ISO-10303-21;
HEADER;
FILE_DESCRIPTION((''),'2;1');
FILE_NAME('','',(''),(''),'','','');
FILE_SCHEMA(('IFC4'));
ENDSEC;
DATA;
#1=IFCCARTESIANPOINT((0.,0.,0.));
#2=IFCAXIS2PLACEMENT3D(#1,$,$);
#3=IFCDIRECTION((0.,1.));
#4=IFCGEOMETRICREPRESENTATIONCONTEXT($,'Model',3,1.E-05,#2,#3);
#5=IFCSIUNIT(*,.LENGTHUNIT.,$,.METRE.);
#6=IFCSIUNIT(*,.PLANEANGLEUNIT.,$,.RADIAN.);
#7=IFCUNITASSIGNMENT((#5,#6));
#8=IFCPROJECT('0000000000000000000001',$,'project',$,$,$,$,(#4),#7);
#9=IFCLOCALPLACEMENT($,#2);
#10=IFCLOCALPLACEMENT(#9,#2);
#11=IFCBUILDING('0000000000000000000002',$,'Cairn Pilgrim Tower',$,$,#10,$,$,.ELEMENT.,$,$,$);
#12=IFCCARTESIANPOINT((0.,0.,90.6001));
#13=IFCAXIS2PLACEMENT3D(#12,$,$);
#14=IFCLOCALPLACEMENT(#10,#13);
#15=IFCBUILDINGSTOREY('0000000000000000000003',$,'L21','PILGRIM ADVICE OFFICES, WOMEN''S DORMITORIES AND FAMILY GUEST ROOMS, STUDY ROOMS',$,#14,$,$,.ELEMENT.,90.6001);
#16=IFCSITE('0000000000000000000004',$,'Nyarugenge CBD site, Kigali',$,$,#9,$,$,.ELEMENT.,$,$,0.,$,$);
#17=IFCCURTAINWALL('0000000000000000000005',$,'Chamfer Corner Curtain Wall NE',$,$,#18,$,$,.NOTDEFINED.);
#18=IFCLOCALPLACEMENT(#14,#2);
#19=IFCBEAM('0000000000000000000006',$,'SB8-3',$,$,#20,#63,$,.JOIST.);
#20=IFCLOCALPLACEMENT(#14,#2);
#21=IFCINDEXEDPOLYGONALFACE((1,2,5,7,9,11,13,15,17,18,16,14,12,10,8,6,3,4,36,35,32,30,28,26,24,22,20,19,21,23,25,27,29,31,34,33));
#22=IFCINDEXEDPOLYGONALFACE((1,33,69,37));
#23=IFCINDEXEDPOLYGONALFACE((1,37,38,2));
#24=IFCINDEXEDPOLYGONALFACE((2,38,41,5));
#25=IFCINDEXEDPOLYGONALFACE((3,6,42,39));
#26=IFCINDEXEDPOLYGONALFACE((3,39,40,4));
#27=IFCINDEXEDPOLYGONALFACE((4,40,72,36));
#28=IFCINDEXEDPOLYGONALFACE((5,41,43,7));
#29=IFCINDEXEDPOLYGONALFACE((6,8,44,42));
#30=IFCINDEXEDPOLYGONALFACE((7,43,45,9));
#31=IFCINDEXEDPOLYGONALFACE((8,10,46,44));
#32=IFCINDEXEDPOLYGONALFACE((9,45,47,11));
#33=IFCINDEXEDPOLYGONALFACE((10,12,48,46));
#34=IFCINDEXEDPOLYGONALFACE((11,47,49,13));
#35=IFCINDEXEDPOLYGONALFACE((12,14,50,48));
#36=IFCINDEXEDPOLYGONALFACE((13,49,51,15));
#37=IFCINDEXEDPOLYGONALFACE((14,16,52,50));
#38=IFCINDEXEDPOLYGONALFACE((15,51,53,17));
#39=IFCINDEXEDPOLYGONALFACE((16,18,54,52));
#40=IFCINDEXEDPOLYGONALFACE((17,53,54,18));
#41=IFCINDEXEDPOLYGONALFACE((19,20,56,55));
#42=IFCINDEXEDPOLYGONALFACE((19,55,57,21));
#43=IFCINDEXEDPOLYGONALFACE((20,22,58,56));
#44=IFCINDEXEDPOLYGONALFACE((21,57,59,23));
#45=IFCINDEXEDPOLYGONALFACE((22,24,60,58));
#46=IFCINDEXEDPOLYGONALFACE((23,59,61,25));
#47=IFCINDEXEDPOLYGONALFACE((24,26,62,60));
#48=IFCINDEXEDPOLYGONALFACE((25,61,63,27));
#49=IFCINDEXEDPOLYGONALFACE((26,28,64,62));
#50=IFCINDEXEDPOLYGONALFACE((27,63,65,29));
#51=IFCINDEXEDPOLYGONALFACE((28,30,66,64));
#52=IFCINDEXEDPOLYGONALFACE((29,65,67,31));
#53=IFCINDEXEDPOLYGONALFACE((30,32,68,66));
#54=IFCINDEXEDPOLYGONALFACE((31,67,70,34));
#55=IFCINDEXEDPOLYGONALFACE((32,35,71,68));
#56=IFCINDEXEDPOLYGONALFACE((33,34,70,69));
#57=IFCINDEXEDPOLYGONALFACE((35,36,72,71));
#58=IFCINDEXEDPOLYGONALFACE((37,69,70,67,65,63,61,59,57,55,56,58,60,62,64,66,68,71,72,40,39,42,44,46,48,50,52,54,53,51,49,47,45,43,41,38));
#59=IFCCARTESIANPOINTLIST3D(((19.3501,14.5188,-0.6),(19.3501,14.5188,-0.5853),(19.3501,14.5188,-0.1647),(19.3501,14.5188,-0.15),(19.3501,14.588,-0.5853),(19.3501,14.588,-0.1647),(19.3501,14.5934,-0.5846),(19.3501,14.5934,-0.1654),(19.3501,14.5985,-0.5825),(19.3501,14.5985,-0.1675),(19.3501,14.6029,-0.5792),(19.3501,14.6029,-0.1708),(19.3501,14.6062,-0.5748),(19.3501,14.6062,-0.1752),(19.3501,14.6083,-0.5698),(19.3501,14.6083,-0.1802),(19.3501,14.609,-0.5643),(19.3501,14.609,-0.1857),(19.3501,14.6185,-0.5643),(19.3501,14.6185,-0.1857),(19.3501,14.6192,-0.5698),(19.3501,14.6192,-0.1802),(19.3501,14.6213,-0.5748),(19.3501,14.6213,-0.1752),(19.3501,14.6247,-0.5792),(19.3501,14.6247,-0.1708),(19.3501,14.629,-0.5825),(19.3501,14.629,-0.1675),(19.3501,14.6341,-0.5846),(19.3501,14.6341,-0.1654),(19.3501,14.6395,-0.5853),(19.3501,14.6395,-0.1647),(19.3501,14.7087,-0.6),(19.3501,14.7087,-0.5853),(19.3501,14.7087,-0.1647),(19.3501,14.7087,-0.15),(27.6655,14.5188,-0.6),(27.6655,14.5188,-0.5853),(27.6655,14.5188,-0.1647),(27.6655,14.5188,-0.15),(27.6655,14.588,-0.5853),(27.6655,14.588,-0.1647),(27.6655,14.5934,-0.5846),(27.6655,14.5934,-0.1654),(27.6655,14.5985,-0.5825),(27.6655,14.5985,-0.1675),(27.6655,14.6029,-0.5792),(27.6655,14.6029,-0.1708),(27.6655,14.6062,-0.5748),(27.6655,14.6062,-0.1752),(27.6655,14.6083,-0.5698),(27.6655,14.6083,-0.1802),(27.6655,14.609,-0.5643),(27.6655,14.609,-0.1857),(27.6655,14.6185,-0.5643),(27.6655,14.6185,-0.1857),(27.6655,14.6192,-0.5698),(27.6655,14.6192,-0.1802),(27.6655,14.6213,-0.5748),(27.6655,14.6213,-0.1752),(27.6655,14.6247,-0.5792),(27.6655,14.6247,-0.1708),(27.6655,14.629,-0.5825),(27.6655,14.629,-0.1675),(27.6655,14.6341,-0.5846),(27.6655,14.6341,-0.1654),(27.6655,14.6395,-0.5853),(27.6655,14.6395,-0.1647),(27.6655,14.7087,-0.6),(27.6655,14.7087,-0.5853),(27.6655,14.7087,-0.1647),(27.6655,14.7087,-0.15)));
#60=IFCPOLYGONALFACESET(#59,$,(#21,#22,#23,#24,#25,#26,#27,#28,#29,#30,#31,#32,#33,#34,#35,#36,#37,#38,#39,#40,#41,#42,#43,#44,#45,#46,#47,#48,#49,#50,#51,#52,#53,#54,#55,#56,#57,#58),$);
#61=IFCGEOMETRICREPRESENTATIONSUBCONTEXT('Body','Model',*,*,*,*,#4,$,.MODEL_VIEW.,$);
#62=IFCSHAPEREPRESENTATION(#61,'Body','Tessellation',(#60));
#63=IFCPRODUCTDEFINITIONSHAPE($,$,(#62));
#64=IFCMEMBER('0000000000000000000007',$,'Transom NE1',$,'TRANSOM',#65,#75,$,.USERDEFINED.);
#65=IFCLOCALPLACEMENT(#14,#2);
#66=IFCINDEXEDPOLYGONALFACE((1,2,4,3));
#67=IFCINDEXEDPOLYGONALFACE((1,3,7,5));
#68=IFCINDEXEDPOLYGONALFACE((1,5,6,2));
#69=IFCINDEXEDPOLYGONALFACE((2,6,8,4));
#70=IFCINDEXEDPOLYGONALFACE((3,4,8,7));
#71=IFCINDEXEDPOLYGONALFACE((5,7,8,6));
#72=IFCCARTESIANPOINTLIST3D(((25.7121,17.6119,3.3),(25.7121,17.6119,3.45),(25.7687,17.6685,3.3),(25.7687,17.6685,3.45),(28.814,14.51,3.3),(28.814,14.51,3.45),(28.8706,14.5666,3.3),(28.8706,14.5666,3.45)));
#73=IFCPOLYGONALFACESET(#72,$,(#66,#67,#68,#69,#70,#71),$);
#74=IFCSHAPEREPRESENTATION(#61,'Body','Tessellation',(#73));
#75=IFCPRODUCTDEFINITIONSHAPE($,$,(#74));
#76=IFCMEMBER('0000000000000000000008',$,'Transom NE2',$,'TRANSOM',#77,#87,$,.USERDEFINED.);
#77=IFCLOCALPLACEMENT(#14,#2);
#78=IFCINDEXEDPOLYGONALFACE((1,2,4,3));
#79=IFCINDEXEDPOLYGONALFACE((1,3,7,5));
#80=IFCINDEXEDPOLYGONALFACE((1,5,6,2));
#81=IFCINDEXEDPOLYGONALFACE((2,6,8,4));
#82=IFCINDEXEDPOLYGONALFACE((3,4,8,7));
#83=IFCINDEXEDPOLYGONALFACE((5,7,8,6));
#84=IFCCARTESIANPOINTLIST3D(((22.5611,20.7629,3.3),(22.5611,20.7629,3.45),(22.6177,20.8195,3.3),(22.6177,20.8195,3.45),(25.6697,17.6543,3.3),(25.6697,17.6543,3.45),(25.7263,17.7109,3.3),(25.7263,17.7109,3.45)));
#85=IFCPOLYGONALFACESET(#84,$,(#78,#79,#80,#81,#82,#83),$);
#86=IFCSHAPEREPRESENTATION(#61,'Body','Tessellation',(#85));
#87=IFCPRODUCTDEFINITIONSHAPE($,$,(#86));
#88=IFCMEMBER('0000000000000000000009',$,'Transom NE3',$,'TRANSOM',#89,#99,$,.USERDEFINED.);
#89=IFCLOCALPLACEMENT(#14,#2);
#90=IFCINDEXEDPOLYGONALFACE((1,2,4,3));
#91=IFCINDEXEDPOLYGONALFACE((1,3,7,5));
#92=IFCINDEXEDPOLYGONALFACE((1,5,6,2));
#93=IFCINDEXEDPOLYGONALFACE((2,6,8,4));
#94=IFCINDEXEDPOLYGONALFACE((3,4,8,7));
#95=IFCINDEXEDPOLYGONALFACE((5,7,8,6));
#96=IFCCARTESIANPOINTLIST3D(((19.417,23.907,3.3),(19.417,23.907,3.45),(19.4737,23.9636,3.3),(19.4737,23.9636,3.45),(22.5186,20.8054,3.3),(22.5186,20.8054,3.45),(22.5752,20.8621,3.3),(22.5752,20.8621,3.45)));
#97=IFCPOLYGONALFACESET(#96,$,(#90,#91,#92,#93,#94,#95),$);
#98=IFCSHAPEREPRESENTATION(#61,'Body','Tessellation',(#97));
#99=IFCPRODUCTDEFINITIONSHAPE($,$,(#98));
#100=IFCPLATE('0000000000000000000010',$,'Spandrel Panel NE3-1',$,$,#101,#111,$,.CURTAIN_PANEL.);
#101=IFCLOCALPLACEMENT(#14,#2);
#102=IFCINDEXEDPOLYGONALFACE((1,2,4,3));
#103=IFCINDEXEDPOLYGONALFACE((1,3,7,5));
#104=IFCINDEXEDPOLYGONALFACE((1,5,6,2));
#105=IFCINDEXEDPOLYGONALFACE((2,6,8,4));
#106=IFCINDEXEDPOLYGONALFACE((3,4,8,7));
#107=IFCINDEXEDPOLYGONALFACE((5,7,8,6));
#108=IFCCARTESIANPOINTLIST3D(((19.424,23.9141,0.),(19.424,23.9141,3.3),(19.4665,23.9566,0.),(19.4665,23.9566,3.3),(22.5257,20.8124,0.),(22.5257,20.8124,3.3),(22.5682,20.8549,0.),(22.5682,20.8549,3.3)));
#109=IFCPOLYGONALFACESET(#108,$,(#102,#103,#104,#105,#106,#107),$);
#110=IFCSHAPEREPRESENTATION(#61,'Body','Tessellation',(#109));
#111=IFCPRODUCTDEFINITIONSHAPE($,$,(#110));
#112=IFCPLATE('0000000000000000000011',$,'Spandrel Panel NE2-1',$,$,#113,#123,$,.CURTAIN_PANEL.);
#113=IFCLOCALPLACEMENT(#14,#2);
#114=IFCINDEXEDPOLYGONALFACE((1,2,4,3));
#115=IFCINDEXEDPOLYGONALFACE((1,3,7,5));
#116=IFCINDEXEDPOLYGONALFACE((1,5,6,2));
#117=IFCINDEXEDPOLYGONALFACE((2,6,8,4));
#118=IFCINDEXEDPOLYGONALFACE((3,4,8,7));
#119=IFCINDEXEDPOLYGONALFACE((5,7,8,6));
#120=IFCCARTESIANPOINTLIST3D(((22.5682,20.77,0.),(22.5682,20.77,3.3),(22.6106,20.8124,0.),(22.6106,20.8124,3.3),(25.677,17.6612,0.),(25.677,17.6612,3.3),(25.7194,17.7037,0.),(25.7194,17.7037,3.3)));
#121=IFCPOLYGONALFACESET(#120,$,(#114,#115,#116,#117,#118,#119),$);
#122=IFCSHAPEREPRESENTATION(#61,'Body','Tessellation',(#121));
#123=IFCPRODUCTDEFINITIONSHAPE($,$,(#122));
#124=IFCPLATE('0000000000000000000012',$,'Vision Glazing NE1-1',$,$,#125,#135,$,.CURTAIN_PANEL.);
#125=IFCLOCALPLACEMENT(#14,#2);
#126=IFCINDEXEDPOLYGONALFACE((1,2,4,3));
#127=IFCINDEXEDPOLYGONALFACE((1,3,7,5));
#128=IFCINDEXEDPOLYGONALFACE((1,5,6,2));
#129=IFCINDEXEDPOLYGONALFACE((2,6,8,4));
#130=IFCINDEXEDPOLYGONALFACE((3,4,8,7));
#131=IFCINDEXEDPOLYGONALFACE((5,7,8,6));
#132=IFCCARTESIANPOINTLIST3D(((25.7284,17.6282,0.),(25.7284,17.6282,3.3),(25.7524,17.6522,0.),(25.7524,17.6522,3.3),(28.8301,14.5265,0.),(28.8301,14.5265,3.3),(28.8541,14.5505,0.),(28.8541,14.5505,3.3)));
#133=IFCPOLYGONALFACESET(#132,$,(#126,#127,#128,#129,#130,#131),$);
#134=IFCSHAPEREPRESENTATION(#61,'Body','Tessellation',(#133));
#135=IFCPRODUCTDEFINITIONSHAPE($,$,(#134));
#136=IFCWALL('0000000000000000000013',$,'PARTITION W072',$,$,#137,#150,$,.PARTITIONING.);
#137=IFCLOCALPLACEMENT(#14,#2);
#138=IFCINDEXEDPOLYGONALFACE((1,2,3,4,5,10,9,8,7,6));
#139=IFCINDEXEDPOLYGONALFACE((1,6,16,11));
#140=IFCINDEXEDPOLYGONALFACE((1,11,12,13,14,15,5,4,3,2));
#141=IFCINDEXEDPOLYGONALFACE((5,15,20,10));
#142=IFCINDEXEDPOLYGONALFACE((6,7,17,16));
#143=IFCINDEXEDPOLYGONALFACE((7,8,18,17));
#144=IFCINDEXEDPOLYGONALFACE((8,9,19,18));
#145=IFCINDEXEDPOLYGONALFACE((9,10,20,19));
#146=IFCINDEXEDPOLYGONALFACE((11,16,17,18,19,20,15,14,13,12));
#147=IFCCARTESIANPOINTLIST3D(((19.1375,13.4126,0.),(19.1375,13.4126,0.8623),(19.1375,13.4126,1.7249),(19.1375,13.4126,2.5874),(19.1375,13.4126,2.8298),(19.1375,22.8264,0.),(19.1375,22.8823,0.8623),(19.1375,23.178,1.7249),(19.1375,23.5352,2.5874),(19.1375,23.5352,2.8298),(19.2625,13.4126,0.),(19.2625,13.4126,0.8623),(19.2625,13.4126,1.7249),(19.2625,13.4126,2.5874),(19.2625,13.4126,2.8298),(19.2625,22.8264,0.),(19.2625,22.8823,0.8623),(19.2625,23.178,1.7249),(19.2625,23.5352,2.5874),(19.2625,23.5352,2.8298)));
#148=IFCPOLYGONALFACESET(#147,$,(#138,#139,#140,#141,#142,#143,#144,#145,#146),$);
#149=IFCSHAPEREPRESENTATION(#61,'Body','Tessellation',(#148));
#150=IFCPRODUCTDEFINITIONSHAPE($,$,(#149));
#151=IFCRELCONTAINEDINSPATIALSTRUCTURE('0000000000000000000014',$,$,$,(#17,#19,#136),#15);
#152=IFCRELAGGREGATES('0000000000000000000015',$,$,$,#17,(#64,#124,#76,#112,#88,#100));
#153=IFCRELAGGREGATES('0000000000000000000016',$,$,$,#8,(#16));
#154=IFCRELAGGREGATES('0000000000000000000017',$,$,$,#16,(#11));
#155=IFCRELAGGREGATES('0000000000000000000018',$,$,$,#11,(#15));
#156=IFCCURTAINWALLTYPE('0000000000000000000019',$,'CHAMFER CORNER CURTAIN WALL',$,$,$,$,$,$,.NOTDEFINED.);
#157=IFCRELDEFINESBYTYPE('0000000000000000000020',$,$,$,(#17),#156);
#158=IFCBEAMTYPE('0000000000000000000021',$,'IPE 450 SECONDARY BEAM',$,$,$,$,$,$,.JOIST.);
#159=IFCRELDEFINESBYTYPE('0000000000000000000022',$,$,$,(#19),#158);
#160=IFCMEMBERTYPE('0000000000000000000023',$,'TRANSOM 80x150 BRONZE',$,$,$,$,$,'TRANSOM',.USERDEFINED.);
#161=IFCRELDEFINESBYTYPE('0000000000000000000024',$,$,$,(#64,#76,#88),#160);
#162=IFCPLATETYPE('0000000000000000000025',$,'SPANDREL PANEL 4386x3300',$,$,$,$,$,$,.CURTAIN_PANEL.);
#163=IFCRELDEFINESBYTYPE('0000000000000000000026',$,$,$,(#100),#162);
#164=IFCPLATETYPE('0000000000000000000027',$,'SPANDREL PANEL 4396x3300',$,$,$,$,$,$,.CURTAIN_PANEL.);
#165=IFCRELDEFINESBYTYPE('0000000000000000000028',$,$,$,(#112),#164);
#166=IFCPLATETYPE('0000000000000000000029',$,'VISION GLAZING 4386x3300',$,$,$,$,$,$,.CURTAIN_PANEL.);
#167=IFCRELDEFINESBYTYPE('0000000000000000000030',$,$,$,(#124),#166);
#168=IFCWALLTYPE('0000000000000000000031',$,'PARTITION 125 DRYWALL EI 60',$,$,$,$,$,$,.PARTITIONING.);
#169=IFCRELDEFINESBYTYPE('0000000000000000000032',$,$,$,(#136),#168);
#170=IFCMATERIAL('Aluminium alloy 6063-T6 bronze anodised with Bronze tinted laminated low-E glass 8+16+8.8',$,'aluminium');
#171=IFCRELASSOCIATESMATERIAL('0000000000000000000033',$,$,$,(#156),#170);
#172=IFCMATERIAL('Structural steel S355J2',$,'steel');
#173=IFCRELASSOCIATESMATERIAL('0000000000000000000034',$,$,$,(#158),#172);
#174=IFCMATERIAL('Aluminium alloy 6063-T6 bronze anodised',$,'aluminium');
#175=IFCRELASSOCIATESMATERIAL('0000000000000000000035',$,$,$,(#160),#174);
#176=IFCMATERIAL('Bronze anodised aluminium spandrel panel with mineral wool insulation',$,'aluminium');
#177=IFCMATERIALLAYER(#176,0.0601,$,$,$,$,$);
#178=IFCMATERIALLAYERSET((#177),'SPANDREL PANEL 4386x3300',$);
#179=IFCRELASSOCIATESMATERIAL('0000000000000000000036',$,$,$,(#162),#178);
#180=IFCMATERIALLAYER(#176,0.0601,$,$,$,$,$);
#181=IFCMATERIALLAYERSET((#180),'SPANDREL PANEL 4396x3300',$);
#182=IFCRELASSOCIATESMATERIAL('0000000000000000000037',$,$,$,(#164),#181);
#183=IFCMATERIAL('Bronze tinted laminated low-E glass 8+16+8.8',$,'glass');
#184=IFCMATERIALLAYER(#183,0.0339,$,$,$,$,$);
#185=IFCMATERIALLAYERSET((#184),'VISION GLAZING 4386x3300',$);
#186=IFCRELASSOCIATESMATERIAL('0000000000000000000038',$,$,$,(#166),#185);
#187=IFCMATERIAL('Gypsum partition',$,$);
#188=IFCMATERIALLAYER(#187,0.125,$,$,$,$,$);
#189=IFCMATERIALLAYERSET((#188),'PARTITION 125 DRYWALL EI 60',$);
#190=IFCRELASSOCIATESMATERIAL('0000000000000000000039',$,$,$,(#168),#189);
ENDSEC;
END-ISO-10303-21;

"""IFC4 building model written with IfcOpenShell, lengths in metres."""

from ifc_helpers import new_model, si_unit, direction, frame, origin, origin_2d, place, context, subcontext, project, spatial, polyline, rectangle, i_section, outline, extrude, material, layer, layer_set, material_profile, profile_set, type_object, element, aggregate, save


model = new_model("IFC4")

# Units and contexts
model_context = context("Model", 3, precision=1e-05, world=origin(), true_north=direction((0.0, 1.0)))
body_context = subcontext(model_context, "Body", "Model", "MODEL_VIEW")
ifc_project = project(units=[si_unit("LENGTHUNIT", "METRE"), si_unit("PLANEANGLEUNIT", "RADIAN")], contexts=[model_context])

# Site, building, storey
site_placement = place(None, origin())
site = spatial("IfcSite", under=ifc_project, at=site_placement, Name="Nyarugenge CBD site, Kigali", CompositionType="ELEMENT", RefElevation=0.0)
building_placement = place(site_placement, origin())
building = spatial("IfcBuilding", under=site, at=building_placement, Name="Cairn Pilgrim Tower", CompositionType="ELEMENT")
storey_placement = place(building_placement, frame((0.0, 0.0, 90.6001)))
storey = spatial("IfcBuildingStorey", under=building, at=storey_placement, Name="L21", Description="PILGRIM ADVICE OFFICES, WOMEN'S DORMITORIES AND FAMILY GUEST ROOMS, STUDY ROOMS", CompositionType="ELEMENT", Elevation=90.6001)

# Shared definitions
ifc_material_1 = material(Name="Structural steel S355J2", Category="steel")

# Curtain wall
ifc_material_2 = material(Name="Aluminium alloy 6063-T6 bronze anodised with Bronze tinted laminated low-E glass 8+16+8.8", Category="aluminium")
curtain_wall_type_1 = type_object("IfcCurtainWallType", Name="CHAMFER CORNER CURTAIN WALL", PredefinedType="NOTDEFINED", material=ifc_material_2)
curtain_wall_1_placement = place(storey_placement, origin())
curtain_wall_1 = element("IfcCurtainWall", 1, at=curtain_wall_1_placement, inside=storey, type_object=curtain_wall_type_1, Name="Chamfer Corner Curtain Wall NE", PredefinedType="NOTDEFINED")
ifc_material_3 = material(Name="Aluminium alloy 6063-T6 bronze anodised", Category="aluminium")

# Beam
ifc_material_profile_1 = material_profile(ifc_material_1, i_section(OverallWidth=0.1899, OverallDepth=0.45, WebThickness=0.0095, FlangeThickness=0.0146, FilletRadius=0.021, at=origin_2d()), Name="IPE 450")
ifc_profile_set_1 = profile_set([ifc_material_profile_1], Name="Structural steel S355J2")
beam_type_1 = type_object("IfcBeamType", Name="IPE 450 SECONDARY BEAM", PredefinedType="JOIST", material=ifc_profile_set_1)
beam_1_placement = place(storey_placement, frame((19.3501, 14.6138, -0.375), z_axis=(1.0, 0.0, 0.0), x_axis=(0.0, 1.0, 0.0)))
element("IfcBeam", 2, at=beam_1_placement, inside=storey, type_object=beam_type_1, Name="SB8-3", PredefinedType="JOIST", context=body_context, shape_type="SweptSolid", body=[
    extrude(i_section(OverallWidth=0.1899, OverallDepth=0.45, WebThickness=0.0095, FlangeThickness=0.0146, FilletRadius=0.021, at=origin_2d()), origin(), (0.0, 0.0, 1.0), 8.3154),
])

# Members
ifc_material_profile_2 = material_profile(ifc_material_3, rectangle(XDim=0.0801, YDim=0.1499, at=origin_2d()), Name="TRANSOM 80x150 BRONZE")
ifc_profile_set_2 = profile_set([ifc_material_profile_2], Name="Aluminium alloy 6063-T6 bronze anodised")
member_type_1 = type_object("IfcMemberType", Name="TRANSOM 80x150 BRONZE", ElementType="TRANSOM", PredefinedType="USERDEFINED", material=ifc_profile_set_2)
member_1_placement = place(storey_placement, frame((28.8423, 14.5383, 3.375), z_axis=(-0.707107, 0.707107, 0.0), x_axis=(-0.707107, -0.707107, 0.0)))
member_1 = element("IfcMember", 3, at=member_1_placement, type_object=member_type_1, Name="Transom NE1", ObjectType="TRANSOM", PredefinedType="USERDEFINED", context=body_context, shape_type="SweptSolid", body=[
    extrude(rectangle(XDim=0.0801, YDim=0.1499, at=origin_2d()), origin(), (0.0, 0.0, 1.0), 4.3867),
])
member_2_placement = place(storey_placement, frame((25.698, 17.6826, 3.375), z_axis=(-0.707107, 0.707107, 0.0), x_axis=(-0.707107, -0.707107, 0.0)))
member_2 = element("IfcMember", 4, at=member_2_placement, type_object=member_type_1, Name="Transom NE2", ObjectType="TRANSOM", PredefinedType="USERDEFINED", context=body_context, shape_type="SweptSolid", body=[
    extrude(rectangle(XDim=0.0801, YDim=0.1499, at=origin_2d()), origin(), (0.0, 0.0, 1.0), 4.3962),
])
member_3_placement = place(storey_placement, frame((22.5469, 20.8337, 3.375), z_axis=(-0.707107, 0.707107, 0.0), x_axis=(-0.707107, -0.707107, 0.0)))
member_3 = element("IfcMember", 5, at=member_3_placement, type_object=member_type_1, Name="Transom NE3", ObjectType="TRANSOM", PredefinedType="USERDEFINED", context=body_context, shape_type="SweptSolid", body=[
    extrude(rectangle(XDim=0.0801, YDim=0.1499, at=origin_2d()), origin(), (0.0, 0.0, 1.0), 4.3862),
])

# Plates
ifc_material_4 = material(Name="Bronze anodised aluminium spandrel panel with mineral wool insulation", Category="aluminium")
ifc_layer_1 = layer(ifc_material_4, 0.0601)
ifc_layer_set_1 = layer_set([ifc_layer_1], Name="SPANDREL PANEL 4386x3300")
plate_type_1 = type_object("IfcPlateType", Name="SPANDREL PANEL 4386x3300", PredefinedType="CURTAIN_PANEL", material=ifc_layer_set_1)
plate_1_placement = place(storey_placement, frame((20.9961, 22.3845, 0.0), z_axis=(0.0, 0.0, 1.0), x_axis=(-0.707107, 0.707107, 0.0)))
plate_1 = element("IfcPlate", 6, at=plate_1_placement, type_object=plate_type_1, Name="Spandrel Panel NE3-1", PredefinedType="CURTAIN_PANEL", context=body_context, shape_type="SweptSolid", body=[
    extrude(rectangle(XDim=4.3865, YDim=0.0601, at=origin_2d()), origin(), (0.0, 0.0, 1.0), 3.3),
])
ifc_layer_2 = layer(ifc_material_4, 0.0601)
ifc_layer_set_2 = layer_set([ifc_layer_2], Name="SPANDREL PANEL 4396x3300")
plate_type_2 = type_object("IfcPlateType", Name="SPANDREL PANEL 4396x3300", PredefinedType="CURTAIN_PANEL", material=ifc_layer_set_2)
plate_2_placement = place(storey_placement, frame((24.1438, 19.2368, 0.0), z_axis=(0.0, 0.0, 1.0), x_axis=(-0.707107, 0.707107, 0.0)))
plate_2 = element("IfcPlate", 7, at=plate_2_placement, type_object=plate_type_2, Name="Spandrel Panel NE2-1", PredefinedType="CURTAIN_PANEL", context=body_context, shape_type="SweptSolid", body=[
    extrude(rectangle(XDim=4.3965, YDim=0.0601, at=origin_2d()), origin(), (0.0, 0.0, 1.0), 3.3),
])
ifc_material_5 = material(Name="Bronze tinted laminated low-E glass 8+16+8.8", Category="glass")
ifc_layer_3 = layer(ifc_material_5, 0.0339)
ifc_layer_set_3 = layer_set([ifc_layer_3], Name="VISION GLAZING 4386x3300")
plate_type_3 = type_object("IfcPlateType", Name="VISION GLAZING 4386x3300", PredefinedType="CURTAIN_PANEL", material=ifc_layer_set_3)
plate_3_placement = place(storey_placement, frame((27.2913, 16.0894, 0.0), z_axis=(0.0, 0.0, 1.0), x_axis=(-0.707107, 0.707107, 0.0)))
plate_3 = element("IfcPlate", 8, at=plate_3_placement, type_object=plate_type_3, Name="Vision Glazing NE1-1", PredefinedType="CURTAIN_PANEL", context=body_context, shape_type="SweptSolid", body=[
    extrude(rectangle(XDim=4.3865, YDim=0.0339, at=origin_2d()), origin(), (0.0, 0.0, 1.0), 3.3),
])
aggregate(curtain_wall_1, [member_1, plate_3, member_2, plate_2, member_3, plate_1])

# Wall
ifc_material_6 = material(Name="Gypsum partition")
ifc_layer_4 = layer(ifc_material_6, 0.125)
ifc_layer_set_4 = layer_set([ifc_layer_4], Name="PARTITION 125 DRYWALL EI 60")
wall_type_1 = type_object("IfcWallType", Name="PARTITION 125 DRYWALL EI 60", PredefinedType="PARTITIONING", material=ifc_layer_set_4)
wall_1_placement = place(storey_placement, frame((19.2, 13.4126, 0.0), z_axis=(0.0, 0.0, 1.0), x_axis=(0.0, 1.0, 0.0)))
element("IfcWall", 9, at=wall_1_placement, inside=storey, type_object=wall_type_1, Name="PARTITION W072", PredefinedType="PARTITIONING", context=body_context, shape_type="SweptSolid", body=[
    extrude(outline(polyline([(0.0, 0.0), (9.4138, 0.0), (9.4697, 0.8623), (9.7654, 1.7249), (10.1226, 2.5874), (10.1226, 2.8298), (0.0, 2.8298), (0.0, 2.5874), (0.0, 1.7249), (0.0, 0.8623), (0.0, 0.0)])), frame((0.0, 0.0625, 0.0), z_axis=(0.0, -1.0, 0.0), x_axis=(1.0, 0.0, 0.0)), (0.0, 0.0, 1.0), 0.125),
])

save(model, "model.ifc")
